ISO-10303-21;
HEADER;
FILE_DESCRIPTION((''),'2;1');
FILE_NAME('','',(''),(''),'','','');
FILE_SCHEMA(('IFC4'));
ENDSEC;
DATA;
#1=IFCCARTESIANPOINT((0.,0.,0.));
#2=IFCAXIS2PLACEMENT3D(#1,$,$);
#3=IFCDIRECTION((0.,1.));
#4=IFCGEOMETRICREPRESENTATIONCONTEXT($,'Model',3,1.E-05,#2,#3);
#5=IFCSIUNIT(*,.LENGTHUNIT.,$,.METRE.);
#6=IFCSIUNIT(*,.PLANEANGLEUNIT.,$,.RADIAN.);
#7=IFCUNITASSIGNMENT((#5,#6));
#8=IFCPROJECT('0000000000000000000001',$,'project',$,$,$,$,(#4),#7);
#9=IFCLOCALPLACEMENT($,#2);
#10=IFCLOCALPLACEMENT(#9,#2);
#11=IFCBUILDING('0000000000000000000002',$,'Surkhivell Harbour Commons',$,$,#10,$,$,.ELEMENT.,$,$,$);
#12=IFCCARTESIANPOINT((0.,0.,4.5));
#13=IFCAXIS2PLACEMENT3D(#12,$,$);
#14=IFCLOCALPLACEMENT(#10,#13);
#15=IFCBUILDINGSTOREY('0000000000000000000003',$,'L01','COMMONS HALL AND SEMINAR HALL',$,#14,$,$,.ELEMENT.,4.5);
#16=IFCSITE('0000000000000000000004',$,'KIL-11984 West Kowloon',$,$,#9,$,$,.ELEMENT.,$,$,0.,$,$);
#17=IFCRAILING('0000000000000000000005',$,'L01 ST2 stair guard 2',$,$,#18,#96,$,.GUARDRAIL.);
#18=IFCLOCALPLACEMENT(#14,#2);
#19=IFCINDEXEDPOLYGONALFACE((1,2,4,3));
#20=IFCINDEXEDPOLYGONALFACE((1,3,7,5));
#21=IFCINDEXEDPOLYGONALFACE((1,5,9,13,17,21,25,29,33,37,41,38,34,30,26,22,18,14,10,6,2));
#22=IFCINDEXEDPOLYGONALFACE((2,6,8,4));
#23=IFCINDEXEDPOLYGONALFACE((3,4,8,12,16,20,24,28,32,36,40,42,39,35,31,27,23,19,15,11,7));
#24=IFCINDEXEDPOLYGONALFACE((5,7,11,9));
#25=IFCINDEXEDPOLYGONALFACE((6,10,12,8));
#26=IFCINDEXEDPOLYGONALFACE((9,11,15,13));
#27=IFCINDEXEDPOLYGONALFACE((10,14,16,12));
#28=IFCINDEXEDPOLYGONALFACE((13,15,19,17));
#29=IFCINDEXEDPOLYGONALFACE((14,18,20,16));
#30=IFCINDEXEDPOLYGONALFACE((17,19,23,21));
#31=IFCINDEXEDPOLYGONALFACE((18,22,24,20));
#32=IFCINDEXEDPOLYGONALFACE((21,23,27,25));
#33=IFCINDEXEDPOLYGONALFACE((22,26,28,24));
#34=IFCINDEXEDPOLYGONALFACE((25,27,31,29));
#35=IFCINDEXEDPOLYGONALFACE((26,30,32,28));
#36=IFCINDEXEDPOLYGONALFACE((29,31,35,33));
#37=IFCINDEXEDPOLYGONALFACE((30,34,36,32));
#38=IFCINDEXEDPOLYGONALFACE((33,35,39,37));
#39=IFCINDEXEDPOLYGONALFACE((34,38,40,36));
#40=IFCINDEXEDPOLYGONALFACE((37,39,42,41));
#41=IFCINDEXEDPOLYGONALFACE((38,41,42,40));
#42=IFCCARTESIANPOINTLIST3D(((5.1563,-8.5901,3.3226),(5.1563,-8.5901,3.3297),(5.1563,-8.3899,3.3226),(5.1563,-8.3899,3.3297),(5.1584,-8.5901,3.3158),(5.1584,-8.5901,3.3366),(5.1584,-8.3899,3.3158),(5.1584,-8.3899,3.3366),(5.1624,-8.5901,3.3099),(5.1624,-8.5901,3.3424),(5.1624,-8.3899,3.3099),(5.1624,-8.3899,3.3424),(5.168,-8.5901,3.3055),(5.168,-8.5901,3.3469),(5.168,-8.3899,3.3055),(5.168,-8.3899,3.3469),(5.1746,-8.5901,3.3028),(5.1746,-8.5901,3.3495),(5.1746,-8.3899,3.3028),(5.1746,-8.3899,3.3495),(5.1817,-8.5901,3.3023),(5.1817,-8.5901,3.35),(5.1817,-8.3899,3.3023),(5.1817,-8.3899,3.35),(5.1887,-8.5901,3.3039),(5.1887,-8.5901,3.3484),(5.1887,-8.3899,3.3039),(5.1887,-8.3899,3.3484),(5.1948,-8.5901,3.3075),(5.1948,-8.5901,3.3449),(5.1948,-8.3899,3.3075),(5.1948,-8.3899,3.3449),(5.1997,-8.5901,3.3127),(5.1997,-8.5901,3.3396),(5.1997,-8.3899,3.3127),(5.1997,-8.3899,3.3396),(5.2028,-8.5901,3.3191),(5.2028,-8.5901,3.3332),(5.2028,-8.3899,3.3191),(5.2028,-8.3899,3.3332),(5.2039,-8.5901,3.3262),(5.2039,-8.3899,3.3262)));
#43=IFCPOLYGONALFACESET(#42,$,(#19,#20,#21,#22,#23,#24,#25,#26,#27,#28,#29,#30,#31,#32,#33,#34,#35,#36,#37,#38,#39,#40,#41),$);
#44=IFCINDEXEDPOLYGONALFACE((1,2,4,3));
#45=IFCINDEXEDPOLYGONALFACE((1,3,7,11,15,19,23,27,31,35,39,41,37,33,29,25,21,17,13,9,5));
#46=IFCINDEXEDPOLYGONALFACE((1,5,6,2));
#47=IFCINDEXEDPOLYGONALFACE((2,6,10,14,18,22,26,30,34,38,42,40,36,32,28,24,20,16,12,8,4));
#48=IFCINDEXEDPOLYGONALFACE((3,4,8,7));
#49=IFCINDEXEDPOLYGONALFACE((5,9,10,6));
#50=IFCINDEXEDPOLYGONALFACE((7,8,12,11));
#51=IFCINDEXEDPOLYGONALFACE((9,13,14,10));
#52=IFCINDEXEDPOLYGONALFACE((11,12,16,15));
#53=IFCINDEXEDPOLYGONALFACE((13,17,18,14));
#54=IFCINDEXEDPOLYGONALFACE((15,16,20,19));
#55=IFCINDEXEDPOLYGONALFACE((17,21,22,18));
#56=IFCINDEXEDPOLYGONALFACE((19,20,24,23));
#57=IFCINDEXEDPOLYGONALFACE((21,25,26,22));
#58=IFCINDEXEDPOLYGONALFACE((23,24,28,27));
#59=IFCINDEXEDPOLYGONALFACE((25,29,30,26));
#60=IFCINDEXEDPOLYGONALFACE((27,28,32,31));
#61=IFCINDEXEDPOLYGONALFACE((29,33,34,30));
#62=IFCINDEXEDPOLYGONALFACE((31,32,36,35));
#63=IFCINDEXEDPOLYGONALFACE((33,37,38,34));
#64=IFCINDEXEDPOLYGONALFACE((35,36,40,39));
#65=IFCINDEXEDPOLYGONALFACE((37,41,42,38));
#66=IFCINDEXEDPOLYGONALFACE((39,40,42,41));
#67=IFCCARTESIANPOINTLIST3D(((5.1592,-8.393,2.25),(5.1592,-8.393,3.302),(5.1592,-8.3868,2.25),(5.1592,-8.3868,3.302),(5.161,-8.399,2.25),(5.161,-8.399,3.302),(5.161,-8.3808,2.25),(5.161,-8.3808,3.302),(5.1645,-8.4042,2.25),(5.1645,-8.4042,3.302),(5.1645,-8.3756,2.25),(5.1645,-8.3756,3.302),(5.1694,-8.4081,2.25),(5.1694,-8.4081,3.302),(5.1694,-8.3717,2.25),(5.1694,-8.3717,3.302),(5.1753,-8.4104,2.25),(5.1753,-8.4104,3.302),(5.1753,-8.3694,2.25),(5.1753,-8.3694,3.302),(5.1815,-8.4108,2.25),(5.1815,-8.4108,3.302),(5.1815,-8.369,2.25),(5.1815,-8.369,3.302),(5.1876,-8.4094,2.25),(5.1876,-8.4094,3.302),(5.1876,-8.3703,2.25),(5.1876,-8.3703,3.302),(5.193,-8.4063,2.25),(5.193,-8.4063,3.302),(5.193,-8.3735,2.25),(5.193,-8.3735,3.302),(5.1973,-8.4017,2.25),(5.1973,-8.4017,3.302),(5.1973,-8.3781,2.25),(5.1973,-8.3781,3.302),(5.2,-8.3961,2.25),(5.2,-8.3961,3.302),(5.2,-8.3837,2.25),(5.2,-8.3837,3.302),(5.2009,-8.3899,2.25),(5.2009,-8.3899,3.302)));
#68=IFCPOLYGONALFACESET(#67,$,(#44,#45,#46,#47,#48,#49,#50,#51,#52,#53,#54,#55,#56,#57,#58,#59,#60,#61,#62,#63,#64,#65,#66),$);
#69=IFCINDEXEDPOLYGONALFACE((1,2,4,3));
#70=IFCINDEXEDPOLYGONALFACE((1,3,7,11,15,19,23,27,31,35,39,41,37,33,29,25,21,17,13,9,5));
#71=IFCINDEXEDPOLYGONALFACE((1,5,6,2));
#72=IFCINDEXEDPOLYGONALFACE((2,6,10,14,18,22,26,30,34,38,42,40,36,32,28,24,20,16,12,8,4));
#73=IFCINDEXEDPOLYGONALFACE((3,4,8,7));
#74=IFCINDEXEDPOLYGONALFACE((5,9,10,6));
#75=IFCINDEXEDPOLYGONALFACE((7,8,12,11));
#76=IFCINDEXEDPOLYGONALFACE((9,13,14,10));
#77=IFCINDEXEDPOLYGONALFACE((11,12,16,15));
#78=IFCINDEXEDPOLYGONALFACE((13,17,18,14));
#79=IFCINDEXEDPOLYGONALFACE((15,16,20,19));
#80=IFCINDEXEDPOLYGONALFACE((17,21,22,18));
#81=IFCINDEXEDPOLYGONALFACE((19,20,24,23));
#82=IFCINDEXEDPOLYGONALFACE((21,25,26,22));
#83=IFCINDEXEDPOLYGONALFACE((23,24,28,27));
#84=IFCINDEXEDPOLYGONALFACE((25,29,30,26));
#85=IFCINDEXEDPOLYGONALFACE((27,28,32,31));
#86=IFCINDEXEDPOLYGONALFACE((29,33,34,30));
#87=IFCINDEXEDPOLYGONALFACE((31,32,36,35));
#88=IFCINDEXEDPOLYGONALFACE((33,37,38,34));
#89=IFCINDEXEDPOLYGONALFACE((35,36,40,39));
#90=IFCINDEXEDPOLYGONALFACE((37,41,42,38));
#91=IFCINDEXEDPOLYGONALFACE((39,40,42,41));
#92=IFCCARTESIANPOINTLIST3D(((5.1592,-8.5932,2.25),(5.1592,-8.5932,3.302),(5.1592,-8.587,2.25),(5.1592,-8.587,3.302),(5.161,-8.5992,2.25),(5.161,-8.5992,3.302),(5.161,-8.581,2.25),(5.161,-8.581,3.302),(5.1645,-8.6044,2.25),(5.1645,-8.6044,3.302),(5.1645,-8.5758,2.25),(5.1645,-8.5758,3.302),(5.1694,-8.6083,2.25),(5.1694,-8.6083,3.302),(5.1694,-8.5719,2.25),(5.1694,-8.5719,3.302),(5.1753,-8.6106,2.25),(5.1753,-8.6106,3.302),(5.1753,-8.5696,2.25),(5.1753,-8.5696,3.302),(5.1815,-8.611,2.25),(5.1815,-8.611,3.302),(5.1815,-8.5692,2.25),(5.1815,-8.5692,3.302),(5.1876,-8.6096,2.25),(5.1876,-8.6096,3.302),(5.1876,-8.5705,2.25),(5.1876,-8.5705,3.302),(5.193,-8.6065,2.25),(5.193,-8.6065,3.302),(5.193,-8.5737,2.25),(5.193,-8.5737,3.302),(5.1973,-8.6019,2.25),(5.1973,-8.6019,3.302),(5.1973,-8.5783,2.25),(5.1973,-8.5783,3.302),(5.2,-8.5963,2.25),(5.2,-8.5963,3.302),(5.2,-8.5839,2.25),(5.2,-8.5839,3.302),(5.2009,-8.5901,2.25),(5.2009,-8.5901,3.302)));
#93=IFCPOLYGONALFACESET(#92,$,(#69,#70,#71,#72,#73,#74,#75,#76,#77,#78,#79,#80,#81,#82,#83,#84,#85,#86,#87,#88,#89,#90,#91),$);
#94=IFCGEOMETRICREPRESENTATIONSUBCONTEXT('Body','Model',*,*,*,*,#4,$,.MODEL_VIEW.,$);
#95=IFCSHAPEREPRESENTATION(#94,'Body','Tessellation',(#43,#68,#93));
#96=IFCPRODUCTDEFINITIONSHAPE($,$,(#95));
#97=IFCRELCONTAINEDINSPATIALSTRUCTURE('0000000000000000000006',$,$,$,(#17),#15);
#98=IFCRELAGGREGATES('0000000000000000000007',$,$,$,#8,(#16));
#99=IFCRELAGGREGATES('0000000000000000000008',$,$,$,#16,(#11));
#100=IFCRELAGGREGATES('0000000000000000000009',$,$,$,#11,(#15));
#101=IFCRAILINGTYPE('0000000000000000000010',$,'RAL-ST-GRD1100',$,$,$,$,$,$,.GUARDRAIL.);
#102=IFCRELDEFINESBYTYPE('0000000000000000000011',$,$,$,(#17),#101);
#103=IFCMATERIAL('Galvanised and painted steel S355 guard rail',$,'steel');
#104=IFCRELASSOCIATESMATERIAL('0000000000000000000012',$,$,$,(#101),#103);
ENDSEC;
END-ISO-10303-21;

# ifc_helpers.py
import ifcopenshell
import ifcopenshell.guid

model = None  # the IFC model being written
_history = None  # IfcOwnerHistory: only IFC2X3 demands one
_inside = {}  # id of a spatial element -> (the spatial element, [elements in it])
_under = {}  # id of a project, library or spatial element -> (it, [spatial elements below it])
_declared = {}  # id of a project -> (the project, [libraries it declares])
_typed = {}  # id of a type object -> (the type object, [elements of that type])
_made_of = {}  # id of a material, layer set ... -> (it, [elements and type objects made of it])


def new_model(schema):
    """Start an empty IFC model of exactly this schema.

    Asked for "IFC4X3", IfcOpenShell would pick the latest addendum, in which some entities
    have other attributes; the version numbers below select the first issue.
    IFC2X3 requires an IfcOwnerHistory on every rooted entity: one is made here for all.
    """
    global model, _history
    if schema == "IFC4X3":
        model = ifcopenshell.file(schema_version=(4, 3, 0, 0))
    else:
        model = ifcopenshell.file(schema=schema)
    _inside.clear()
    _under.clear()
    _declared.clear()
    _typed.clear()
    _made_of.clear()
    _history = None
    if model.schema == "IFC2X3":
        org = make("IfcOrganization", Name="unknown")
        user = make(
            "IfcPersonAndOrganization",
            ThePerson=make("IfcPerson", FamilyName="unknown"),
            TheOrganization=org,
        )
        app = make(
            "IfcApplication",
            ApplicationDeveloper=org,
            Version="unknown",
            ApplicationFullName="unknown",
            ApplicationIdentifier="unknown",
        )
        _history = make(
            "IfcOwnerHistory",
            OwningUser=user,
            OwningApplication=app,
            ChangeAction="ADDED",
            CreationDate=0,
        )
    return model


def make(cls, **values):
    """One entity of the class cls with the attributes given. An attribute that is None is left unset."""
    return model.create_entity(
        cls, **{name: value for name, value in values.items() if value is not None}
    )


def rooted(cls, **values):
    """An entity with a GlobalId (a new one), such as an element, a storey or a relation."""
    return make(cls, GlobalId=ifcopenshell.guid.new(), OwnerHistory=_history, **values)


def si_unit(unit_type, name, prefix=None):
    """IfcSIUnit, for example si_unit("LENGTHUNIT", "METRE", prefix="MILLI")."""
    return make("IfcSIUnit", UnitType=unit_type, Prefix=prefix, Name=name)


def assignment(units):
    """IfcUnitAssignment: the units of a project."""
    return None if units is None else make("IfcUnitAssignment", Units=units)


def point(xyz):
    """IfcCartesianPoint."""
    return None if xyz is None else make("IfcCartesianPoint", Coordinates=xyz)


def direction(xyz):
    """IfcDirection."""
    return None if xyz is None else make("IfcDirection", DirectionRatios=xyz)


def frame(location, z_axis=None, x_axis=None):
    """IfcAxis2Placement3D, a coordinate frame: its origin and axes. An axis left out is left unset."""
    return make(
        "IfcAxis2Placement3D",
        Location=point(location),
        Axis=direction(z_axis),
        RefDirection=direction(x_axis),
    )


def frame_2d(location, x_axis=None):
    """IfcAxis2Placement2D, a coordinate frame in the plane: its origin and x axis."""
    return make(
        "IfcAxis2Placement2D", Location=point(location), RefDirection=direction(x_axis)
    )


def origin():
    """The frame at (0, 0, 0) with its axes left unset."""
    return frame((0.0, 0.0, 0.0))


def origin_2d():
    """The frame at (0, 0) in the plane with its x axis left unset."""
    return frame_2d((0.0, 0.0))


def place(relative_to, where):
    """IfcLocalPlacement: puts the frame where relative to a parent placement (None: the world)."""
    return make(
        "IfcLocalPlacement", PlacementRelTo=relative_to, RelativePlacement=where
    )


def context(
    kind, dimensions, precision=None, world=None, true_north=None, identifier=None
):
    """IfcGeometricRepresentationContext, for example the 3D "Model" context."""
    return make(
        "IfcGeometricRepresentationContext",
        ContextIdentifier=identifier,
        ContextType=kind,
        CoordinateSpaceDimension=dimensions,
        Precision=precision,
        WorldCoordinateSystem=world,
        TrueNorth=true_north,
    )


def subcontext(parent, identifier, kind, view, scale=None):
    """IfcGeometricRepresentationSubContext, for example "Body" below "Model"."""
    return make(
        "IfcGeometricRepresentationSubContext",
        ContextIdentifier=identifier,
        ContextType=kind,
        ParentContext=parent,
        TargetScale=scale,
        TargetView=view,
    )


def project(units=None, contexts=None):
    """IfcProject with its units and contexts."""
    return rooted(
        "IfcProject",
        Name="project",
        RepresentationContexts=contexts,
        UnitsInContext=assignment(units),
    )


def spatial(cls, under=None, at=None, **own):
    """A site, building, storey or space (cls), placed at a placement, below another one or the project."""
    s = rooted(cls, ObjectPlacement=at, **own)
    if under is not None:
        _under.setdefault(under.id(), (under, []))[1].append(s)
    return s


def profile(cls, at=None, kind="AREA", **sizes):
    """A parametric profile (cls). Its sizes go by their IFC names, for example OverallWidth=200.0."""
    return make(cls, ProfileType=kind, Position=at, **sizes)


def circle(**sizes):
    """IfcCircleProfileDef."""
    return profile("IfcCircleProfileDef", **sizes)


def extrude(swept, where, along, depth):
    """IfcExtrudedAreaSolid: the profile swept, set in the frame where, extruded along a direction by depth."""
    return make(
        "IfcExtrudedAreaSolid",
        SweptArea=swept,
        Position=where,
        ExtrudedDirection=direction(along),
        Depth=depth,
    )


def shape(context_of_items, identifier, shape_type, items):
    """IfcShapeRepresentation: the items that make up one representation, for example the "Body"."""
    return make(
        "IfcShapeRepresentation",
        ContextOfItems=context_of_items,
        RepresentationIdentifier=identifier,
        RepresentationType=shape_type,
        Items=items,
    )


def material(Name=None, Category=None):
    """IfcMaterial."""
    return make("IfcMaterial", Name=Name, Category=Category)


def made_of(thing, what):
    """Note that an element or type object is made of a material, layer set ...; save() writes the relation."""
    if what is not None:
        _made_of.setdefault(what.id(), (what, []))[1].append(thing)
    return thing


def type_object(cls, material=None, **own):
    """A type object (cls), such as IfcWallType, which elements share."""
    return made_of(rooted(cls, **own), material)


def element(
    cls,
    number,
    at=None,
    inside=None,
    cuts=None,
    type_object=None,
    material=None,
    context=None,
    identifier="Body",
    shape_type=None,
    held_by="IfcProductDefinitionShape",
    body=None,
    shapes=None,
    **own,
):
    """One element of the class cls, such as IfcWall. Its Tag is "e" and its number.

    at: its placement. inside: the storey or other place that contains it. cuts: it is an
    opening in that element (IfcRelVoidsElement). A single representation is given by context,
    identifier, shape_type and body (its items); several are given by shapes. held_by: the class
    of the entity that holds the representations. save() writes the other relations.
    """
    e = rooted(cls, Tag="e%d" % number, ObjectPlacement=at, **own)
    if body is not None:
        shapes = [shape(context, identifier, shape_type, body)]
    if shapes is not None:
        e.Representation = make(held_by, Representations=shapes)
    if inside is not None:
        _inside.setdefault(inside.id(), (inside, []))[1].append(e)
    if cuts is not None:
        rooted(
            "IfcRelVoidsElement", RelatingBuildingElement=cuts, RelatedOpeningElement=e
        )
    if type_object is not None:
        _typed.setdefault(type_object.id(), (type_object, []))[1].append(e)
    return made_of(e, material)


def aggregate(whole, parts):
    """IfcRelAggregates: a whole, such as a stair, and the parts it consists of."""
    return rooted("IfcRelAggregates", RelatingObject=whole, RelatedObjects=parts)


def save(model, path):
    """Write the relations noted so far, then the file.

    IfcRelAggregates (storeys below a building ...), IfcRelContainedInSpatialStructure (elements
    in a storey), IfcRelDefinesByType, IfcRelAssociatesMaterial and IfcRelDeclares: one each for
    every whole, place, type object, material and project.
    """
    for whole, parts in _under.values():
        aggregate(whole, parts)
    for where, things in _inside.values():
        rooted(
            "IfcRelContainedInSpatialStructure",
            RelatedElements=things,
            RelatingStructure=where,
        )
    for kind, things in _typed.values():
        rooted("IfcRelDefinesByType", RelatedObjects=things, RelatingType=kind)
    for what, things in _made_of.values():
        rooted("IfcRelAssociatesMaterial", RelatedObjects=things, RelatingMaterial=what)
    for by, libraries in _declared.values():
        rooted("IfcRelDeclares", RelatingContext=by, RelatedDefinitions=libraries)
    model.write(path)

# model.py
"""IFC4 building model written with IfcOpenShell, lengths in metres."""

from ifc_helpers import new_model, si_unit, direction, frame, origin, origin_2d, place, context, subcontext, project, spatial, circle, extrude, material, type_object, element, save


model = new_model("IFC4")

# Units and contexts
model_context = context("Model", 3, precision=1e-05, world=origin(), true_north=direction((0.0, 1.0)))
body_context = subcontext(model_context, "Body", "Model", "MODEL_VIEW")
ifc_project = project(units=[si_unit("LENGTHUNIT", "METRE"), si_unit("PLANEANGLEUNIT", "RADIAN")], contexts=[model_context])

# Site, building, storey
site_placement = place(None, origin())
site = spatial("IfcSite", under=ifc_project, at=site_placement, Name="KIL-11984 West Kowloon", CompositionType="ELEMENT", RefElevation=0.0)
building_placement = place(site_placement, origin())
building = spatial("IfcBuilding", under=site, at=building_placement, Name="Surkhivell Harbour Commons", CompositionType="ELEMENT")
storey_placement = place(building_placement, frame((0.0, 0.0, 4.5)))
storey = spatial("IfcBuildingStorey", under=building, at=storey_placement, Name="L01", Description="COMMONS HALL AND SEMINAR HALL", CompositionType="ELEMENT", Elevation=4.5)

# Railing
ifc_material_1 = material(Name="Galvanised and painted steel S355 guard rail", Category="steel")
railing_type_1 = type_object("IfcRailingType", Name="RAL-ST-GRD1100", PredefinedType="GUARDRAIL", material=ifc_material_1)
railing_1_placement = place(storey_placement, frame((5.1799, -8.3899, 2.25)))
element("IfcRailing", 1, at=railing_1_placement, inside=storey, type_object=railing_type_1, Name="L01 ST2 stair guard 2", PredefinedType="GUARDRAIL", context=body_context, shape_type="SweptSolid", body=[
    extrude(circle(Radius=0.0239, at=origin_2d()), frame((0.0, 0.0, 1.0762), z_axis=(0.0, -1.0, 0.0), x_axis=(1.0, 0.0, 0.0)), (0.0, 0.0, 1.0), 0.2002),
    extrude(circle(Radius=0.021, at=origin_2d()), origin(), (0.0, 0.0, 1.0), 1.052),
    extrude(circle(Radius=0.021, at=origin_2d()), frame((0.0, -0.2002, 0.0)), (0.0, 0.0, 1.0), 1.052),
])

save(model, "model.ifc")
